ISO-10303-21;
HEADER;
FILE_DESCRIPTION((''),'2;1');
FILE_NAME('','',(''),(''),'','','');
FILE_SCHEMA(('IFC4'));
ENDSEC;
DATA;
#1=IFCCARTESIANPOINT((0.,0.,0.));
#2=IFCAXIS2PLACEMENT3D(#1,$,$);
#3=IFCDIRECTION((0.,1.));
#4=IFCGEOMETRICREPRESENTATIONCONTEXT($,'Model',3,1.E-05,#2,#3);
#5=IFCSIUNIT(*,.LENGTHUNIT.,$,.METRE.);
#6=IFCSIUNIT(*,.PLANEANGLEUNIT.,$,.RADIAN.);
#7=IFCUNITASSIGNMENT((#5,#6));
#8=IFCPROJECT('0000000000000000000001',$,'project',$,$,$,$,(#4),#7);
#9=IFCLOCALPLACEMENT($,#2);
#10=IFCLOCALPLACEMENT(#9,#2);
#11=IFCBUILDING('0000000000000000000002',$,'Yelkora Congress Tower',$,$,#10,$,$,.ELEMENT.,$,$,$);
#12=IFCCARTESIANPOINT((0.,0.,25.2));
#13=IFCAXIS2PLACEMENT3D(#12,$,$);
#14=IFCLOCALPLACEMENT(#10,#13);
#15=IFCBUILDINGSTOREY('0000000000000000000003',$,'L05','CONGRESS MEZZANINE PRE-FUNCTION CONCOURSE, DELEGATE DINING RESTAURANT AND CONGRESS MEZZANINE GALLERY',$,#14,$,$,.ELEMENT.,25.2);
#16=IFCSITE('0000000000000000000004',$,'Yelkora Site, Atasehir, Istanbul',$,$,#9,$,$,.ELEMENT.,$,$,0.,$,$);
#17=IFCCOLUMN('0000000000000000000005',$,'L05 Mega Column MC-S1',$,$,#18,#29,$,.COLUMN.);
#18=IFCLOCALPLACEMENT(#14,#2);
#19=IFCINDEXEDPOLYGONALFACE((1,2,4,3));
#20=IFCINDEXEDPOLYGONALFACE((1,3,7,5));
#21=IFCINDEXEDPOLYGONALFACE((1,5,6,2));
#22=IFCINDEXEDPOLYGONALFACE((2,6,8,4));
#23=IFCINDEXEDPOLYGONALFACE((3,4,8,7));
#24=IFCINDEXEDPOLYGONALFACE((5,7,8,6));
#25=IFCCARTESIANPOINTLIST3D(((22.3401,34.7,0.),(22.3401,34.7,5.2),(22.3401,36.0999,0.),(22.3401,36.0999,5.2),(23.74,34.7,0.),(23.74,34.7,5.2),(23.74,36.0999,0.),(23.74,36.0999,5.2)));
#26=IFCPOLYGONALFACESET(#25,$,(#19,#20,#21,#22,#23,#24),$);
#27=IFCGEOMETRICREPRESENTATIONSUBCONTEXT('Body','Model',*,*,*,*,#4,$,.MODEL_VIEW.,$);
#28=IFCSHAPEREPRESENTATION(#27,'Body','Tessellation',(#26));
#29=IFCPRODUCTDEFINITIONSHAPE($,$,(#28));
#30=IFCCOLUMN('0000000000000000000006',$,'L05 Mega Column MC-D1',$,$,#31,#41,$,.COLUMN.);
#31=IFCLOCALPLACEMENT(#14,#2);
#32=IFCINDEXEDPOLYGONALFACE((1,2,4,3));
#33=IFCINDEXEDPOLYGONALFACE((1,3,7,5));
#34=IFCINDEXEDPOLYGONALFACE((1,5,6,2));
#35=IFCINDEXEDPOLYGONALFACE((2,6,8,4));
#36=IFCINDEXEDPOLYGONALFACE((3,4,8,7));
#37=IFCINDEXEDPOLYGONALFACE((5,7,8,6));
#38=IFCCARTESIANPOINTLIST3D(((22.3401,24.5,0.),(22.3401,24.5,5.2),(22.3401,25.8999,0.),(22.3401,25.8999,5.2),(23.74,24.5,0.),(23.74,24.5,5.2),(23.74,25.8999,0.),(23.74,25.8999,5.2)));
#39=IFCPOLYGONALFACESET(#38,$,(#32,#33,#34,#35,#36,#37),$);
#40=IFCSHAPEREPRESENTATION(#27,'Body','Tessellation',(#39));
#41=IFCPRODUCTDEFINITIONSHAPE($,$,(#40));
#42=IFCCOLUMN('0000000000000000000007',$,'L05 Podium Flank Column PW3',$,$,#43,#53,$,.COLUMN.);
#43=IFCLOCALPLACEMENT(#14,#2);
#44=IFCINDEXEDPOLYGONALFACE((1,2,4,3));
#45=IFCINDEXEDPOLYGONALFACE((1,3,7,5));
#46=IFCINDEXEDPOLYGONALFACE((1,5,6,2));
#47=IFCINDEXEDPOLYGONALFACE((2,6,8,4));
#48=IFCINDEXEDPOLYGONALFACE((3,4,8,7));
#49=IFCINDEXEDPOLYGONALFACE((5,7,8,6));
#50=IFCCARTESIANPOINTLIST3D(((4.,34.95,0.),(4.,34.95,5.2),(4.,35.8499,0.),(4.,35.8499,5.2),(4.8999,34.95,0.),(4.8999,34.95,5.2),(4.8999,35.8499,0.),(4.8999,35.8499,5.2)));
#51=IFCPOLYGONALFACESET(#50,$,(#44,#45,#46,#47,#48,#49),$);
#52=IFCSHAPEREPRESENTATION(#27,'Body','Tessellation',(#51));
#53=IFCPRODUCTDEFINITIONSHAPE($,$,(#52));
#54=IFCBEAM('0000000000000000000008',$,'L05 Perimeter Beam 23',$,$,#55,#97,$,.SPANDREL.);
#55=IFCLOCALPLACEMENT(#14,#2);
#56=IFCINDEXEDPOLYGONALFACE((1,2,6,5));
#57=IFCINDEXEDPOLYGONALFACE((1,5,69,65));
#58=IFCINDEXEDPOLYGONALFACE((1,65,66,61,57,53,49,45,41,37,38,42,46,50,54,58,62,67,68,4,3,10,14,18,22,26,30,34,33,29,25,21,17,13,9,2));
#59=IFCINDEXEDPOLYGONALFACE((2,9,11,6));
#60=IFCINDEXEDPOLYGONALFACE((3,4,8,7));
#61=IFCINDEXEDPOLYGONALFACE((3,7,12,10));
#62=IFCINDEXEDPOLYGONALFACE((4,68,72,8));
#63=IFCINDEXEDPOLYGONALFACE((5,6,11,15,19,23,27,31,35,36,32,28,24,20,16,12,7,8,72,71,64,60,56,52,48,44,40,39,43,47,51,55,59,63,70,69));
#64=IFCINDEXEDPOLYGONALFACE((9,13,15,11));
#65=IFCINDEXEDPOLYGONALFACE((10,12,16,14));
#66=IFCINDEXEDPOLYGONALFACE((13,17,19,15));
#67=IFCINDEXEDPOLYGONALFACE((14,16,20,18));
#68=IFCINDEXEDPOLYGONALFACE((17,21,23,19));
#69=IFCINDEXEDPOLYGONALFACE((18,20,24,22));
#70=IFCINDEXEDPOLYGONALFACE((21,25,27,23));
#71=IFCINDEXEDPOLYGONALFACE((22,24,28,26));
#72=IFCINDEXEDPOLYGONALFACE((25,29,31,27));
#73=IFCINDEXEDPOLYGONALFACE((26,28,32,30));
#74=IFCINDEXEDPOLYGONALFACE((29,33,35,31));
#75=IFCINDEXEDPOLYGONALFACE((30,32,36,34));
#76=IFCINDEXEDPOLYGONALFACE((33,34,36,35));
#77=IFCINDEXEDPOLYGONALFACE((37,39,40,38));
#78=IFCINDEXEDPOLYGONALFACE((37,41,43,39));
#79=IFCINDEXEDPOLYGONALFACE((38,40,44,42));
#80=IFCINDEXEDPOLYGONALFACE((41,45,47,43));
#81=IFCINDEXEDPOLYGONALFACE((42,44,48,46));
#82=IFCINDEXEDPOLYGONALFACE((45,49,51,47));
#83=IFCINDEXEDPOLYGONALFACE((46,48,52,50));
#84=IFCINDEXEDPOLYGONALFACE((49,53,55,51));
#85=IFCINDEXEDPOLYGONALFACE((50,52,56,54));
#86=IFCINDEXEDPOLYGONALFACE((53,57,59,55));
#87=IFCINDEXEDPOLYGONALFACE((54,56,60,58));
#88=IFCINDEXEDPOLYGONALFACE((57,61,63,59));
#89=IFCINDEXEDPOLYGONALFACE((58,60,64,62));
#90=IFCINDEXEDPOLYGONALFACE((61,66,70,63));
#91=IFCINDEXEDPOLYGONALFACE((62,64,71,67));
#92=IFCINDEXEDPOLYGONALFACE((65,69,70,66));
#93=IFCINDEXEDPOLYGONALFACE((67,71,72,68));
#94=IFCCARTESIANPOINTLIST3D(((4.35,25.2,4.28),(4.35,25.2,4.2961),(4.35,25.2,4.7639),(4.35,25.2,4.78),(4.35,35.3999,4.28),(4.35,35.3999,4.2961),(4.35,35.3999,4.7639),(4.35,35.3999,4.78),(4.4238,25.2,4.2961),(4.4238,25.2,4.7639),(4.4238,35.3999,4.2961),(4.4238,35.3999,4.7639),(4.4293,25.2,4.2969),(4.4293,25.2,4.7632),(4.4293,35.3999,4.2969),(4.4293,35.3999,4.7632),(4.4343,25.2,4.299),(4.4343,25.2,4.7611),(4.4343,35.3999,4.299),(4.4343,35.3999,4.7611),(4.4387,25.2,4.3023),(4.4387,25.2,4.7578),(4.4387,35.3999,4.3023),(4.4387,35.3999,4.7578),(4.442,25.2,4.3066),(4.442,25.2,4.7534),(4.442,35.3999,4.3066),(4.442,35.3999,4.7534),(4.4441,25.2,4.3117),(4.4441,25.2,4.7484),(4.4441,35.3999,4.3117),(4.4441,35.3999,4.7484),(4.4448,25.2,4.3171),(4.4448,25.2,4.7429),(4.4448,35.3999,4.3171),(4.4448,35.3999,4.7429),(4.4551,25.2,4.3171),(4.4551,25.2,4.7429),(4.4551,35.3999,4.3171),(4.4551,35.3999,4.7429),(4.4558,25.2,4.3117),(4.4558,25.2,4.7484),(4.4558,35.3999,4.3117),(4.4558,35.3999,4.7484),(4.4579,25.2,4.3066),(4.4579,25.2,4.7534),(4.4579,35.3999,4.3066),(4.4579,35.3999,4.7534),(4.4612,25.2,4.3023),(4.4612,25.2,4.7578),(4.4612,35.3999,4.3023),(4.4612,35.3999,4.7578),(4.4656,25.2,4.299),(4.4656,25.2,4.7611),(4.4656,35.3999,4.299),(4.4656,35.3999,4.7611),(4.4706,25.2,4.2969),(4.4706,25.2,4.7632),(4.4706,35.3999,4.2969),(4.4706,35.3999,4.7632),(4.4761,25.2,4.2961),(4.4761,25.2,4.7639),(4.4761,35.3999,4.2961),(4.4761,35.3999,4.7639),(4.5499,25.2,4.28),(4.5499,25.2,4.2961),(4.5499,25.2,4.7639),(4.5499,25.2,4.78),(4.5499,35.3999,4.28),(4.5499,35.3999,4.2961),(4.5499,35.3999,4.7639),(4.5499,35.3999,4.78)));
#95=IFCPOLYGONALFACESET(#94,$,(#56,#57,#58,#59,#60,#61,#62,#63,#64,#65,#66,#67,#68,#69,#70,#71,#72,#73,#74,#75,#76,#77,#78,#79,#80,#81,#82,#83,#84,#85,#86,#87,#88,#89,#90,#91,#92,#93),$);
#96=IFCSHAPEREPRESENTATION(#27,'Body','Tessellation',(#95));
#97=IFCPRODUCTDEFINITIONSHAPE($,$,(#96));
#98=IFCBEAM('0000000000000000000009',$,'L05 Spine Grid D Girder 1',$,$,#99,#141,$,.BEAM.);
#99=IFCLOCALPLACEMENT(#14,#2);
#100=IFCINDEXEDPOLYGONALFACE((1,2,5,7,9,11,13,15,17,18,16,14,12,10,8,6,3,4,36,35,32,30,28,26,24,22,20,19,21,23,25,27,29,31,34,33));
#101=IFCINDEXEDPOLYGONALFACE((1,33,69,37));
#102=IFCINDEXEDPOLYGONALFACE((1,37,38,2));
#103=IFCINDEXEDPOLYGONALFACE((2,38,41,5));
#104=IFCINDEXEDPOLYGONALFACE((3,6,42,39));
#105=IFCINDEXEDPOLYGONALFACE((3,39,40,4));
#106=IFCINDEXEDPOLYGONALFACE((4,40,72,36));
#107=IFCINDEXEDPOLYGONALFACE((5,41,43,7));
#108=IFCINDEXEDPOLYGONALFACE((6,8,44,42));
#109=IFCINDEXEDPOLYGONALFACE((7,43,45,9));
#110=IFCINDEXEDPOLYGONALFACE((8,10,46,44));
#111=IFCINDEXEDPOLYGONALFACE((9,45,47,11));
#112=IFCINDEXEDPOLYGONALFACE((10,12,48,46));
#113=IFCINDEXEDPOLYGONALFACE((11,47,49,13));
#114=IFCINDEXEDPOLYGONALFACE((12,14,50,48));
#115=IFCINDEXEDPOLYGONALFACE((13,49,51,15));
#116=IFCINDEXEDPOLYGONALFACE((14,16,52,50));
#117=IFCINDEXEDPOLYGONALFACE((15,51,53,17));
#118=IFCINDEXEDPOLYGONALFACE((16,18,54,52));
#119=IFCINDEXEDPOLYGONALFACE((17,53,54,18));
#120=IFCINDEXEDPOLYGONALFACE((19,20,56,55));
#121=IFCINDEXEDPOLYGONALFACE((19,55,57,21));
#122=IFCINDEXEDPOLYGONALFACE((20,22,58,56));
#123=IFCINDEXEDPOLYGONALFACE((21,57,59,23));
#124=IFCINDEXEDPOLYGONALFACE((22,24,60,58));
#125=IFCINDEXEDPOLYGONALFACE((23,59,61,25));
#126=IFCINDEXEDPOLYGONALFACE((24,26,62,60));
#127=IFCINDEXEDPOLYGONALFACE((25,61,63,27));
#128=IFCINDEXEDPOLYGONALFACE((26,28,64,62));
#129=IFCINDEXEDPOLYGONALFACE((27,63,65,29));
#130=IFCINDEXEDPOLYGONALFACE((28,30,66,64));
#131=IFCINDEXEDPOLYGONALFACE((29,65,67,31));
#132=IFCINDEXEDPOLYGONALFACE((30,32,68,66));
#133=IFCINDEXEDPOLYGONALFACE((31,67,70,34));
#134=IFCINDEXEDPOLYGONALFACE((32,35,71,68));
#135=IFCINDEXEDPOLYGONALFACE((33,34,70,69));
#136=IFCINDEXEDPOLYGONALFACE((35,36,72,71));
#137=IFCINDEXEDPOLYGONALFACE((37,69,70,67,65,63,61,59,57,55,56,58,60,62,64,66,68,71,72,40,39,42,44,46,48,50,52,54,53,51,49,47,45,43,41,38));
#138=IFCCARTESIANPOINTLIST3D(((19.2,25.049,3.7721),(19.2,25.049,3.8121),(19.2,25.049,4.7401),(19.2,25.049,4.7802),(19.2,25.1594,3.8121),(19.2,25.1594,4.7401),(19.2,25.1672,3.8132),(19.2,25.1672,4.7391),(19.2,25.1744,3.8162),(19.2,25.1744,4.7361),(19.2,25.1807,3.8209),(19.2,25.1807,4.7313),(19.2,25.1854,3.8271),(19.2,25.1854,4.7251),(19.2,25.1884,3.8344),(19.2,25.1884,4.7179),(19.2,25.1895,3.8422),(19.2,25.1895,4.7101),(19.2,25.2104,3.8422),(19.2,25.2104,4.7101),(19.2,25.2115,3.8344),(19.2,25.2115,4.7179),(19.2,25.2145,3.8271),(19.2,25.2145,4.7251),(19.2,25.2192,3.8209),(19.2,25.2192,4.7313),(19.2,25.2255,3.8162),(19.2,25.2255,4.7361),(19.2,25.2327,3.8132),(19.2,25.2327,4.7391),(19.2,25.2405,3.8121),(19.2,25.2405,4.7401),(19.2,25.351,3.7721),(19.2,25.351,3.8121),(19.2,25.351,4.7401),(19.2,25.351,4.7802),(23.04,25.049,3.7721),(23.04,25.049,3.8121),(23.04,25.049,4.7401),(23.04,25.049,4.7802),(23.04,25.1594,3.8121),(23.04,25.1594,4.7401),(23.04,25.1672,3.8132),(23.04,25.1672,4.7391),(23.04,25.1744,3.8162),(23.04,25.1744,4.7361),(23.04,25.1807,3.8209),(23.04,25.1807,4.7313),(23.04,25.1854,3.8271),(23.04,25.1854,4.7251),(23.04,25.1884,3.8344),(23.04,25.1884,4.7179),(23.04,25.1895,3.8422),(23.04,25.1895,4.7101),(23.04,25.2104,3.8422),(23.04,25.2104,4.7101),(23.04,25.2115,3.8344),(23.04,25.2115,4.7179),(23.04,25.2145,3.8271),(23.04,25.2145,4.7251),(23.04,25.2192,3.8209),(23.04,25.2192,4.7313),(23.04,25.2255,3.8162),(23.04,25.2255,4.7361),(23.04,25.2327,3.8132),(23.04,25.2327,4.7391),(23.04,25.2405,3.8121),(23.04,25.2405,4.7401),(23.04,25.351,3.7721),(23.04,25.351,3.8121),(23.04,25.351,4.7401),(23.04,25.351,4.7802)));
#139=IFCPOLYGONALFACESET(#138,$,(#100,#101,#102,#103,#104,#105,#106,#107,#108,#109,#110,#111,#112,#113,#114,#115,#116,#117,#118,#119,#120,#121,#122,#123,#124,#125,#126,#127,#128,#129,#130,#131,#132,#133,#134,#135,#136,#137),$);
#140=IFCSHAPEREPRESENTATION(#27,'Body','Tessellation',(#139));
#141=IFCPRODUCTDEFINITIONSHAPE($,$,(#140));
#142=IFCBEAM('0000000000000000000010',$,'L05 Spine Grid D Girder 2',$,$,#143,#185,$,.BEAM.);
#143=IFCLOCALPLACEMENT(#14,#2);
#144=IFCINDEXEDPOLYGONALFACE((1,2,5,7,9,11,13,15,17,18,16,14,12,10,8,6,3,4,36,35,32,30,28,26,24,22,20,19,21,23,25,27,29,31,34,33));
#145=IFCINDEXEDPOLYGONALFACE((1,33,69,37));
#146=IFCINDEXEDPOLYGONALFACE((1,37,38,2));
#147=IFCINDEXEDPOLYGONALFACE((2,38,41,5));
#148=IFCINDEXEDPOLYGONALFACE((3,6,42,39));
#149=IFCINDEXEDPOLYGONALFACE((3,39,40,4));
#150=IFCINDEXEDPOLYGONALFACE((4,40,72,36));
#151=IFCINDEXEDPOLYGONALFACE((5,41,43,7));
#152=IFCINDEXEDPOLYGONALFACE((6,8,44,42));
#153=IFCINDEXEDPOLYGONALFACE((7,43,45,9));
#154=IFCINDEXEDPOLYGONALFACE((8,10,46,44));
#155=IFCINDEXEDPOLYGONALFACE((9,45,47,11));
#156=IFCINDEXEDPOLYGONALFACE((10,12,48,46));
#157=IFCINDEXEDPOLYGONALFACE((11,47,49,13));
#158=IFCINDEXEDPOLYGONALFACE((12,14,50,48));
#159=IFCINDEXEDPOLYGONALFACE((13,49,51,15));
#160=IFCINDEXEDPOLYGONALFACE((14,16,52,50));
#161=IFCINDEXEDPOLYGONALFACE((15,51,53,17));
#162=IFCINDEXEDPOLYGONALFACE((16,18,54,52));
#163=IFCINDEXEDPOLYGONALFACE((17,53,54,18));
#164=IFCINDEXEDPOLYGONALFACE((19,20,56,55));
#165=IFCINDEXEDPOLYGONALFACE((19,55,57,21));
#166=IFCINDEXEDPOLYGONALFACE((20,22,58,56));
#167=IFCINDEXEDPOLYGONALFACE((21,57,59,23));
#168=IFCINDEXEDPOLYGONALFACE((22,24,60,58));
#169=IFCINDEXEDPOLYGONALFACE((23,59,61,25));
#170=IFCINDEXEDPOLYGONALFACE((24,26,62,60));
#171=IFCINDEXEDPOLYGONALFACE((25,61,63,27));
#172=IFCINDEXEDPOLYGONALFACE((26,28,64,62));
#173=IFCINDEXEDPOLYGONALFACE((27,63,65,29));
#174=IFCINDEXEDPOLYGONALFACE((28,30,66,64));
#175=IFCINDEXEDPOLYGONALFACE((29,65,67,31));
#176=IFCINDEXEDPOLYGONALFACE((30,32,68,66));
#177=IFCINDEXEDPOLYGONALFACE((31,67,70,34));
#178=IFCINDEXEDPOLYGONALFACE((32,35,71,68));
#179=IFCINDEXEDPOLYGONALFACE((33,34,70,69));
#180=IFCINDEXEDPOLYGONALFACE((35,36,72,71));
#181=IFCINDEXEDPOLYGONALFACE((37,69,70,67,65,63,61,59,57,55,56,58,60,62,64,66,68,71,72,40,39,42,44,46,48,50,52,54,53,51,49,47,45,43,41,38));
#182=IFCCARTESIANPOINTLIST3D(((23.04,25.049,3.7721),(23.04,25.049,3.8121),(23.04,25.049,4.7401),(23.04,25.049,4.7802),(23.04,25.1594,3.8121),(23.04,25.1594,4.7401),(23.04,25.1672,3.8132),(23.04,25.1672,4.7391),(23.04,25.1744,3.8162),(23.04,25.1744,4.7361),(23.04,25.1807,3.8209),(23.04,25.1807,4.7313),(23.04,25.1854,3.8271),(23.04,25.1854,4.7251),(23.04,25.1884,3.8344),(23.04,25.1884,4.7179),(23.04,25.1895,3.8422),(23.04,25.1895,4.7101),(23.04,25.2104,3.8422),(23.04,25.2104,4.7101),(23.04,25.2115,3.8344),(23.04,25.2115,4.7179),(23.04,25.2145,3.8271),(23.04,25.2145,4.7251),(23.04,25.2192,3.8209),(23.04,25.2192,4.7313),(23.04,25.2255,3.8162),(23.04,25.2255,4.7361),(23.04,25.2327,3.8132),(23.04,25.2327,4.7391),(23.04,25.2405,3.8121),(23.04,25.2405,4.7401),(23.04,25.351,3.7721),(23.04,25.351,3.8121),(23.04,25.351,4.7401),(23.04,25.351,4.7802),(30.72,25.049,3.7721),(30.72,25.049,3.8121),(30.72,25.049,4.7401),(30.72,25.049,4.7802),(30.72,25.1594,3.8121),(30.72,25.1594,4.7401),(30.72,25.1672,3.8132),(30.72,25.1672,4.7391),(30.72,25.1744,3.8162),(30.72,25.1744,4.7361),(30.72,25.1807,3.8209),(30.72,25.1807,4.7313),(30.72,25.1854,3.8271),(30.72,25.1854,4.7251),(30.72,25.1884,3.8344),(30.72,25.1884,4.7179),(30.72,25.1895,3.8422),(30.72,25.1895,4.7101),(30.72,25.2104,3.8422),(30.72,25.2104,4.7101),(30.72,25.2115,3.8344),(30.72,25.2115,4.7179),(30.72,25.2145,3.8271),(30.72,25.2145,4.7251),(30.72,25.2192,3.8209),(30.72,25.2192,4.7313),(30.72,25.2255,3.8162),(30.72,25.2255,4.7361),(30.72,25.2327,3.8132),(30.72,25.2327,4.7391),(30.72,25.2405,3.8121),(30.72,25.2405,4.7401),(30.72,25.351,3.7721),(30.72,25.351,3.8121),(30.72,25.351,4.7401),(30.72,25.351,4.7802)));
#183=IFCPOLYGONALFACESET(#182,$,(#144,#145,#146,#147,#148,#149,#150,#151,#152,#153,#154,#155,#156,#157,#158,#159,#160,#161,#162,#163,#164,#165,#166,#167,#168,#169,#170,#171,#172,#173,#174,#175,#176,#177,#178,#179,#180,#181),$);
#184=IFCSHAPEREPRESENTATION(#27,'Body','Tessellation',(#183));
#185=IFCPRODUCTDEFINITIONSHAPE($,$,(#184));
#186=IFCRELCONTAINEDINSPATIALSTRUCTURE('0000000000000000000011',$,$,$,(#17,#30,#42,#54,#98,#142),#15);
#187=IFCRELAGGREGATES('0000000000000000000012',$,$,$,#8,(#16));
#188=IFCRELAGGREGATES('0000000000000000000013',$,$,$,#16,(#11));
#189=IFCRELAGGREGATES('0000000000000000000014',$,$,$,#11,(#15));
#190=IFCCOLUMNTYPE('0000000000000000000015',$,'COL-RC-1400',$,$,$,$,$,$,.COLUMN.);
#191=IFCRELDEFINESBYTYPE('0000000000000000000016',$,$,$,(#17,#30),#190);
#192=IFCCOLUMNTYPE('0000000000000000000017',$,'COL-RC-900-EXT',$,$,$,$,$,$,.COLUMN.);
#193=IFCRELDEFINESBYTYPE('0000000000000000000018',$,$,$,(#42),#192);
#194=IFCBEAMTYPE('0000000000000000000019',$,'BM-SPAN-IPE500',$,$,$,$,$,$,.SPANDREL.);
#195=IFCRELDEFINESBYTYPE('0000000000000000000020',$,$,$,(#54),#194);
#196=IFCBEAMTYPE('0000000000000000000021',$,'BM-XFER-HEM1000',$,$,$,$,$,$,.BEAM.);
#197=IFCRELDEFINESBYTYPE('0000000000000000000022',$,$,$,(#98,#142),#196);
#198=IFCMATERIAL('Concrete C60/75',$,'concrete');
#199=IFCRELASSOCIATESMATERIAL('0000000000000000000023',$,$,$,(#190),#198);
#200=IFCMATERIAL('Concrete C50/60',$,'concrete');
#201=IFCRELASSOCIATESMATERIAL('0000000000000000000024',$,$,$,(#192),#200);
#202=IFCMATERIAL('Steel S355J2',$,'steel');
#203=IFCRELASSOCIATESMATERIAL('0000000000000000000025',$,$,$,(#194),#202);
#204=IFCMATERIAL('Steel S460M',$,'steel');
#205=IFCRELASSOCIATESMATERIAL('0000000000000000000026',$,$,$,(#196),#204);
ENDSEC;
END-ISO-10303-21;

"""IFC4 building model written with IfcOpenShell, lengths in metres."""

from ifc_helpers import new_model, si_unit, direction, frame, origin, origin_2d, place, context, subcontext, project, spatial, rectangle, i_section, extrude, material, material_profile, profile_set, type_object, element, save


model = new_model("IFC4")

# Units and contexts
model_context = context("Model", 3, precision=1e-05, world=origin(), true_north=direction((0.0, 1.0)))
body_context = subcontext(model_context, "Body", "Model", "MODEL_VIEW")
ifc_project = project(units=[si_unit("LENGTHUNIT", "METRE"), si_unit("PLANEANGLEUNIT", "RADIAN")], contexts=[model_context])

# Site, building, storey
site_placement = place(None, origin())
site = spatial("IfcSite", under=ifc_project, at=site_placement, Name="Yelkora Site, Atasehir, Istanbul", CompositionType="ELEMENT", RefElevation=0.0)
building_placement = place(site_placement, origin())
building = spatial("IfcBuilding", under=site, at=building_placement, Name="Yelkora Congress Tower", CompositionType="ELEMENT")
storey_placement = place(building_placement, frame((0.0, 0.0, 25.2)))
storey = spatial("IfcBuildingStorey", under=building, at=storey_placement, Name="L05", Description="CONGRESS MEZZANINE PRE-FUNCTION CONCOURSE, DELEGATE DINING RESTAURANT AND CONGRESS MEZZANINE GALLERY", CompositionType="ELEMENT", Elevation=25.2)

# Columns
ifc_material_1 = material(Name="Concrete C60/75", Category="concrete")
ifc_material_profile_1 = material_profile(ifc_material_1, rectangle(XDim=1.3999, YDim=1.3999, at=origin_2d()), Name="RC 1400x1400")
ifc_profile_set_1 = profile_set([ifc_material_profile_1], Name="Concrete C60/75")
column_type_1 = type_object("IfcColumnType", Name="COL-RC-1400", PredefinedType="COLUMN", material=ifc_profile_set_1)
for number, where, z_axis, x_axis, name in (
    (1, (23.04, 35.3999, 0.0), (0.0, 0.0, 1.0), (1.0, 0.0, 0.0), "L05 Mega Column MC-S1"),
    (2, (23.04, 25.2, 0.0), (0.0, 0.0, 1.0), (1.0, 0.0, 0.0), "L05 Mega Column MC-D1"),
):
    element("IfcColumn", number, at=place(storey_placement, frame(where, z_axis=z_axis, x_axis=x_axis)), inside=storey, type_object=column_type_1, Name=name, PredefinedType="COLUMN", context=body_context, shape_type="SweptSolid", body=[
        extrude(rectangle(XDim=1.3999, YDim=1.3999, at=origin_2d()), origin(), (0.0, 0.0, 1.0), 5.2),
    ])
ifc_material_2 = material(Name="Concrete C50/60", Category="concrete")
ifc_material_profile_2 = material_profile(ifc_material_2, rectangle(XDim=0.8999, YDim=0.8999, at=origin_2d()), Name="RC 900x900")
ifc_profile_set_2 = profile_set([ifc_material_profile_2], Name="Concrete C50/60")
column_type_2 = type_object("IfcColumnType", Name="COL-RC-900-EXT", PredefinedType="COLUMN", material=ifc_profile_set_2)
column_placement = place(storey_placement, frame((4.45, 35.3999, 0.0), z_axis=(0.0, 0.0, 1.0), x_axis=(1.0, 0.0, 0.0)))
element("IfcColumn", 3, at=column_placement, inside=storey, type_object=column_type_2, Name="L05 Podium Flank Column PW3", PredefinedType="COLUMN", context=body_context, shape_type="SweptSolid", body=[
    extrude(rectangle(XDim=0.8999, YDim=0.8999, at=origin_2d()), origin(), (0.0, 0.0, 1.0), 5.2),
])

# Beams
ifc_material_3 = material(Name="Steel S355J2", Category="steel")
ifc_material_profile_3 = material_profile(ifc_material_3, i_section(OverallWidth=0.2, OverallDepth=0.5, WebThickness=0.0103, FlangeThickness=0.0161, FilletRadius=0.021, at=origin_2d()), Name="IPE 500")
ifc_profile_set_3 = profile_set([ifc_material_profile_3], Name="Steel S355J2")
beam_type_1 = type_object("IfcBeamType", Name="BM-SPAN-IPE500", PredefinedType="SPANDREL", material=ifc_profile_set_3)
beam_1_placement = place(storey_placement, frame((4.45, 35.3999, 4.53), z_axis=(0.0, -1.0, 0.0), x_axis=(1.0, 0.0, 0.0)))
element("IfcBeam", 4, at=beam_1_placement, inside=storey, type_object=beam_type_1, Name="L05 Perimeter Beam 23", PredefinedType="SPANDREL", context=body_context, shape_type="SweptSolid", body=[
    extrude(i_section(OverallWidth=0.2, OverallDepth=0.5, WebThickness=0.0103, FlangeThickness=0.0161, FilletRadius=0.021, at=origin_2d()), origin(), (0.0, 0.0, 1.0), 10.2),
])
ifc_material_4 = material(Name="Steel S460M", Category="steel")
ifc_material_profile_4 = material_profile(ifc_material_4, i_section(OverallWidth=0.302, OverallDepth=1.0081, WebThickness=0.021, FlangeThickness=0.04, FilletRadius=0.03, at=origin_2d()), Name="HEM 1000")
ifc_profile_set_4 = profile_set([ifc_material_profile_4], Name="Steel S460M")
beam_type_2 = type_object("IfcBeamType", Name="BM-XFER-HEM1000", PredefinedType="BEAM", material=ifc_profile_set_4)
beam_2_placement = place(storey_placement, frame((19.2, 25.2, 4.2761), z_axis=(1.0, 0.0, 0.0), x_axis=(0.0, 1.0, 0.0)))
element("IfcBeam", 5, at=beam_2_placement, inside=storey, type_object=beam_type_2, Name="L05 Spine Grid D Girder 1", PredefinedType="BEAM", context=body_context, shape_type="SweptSolid", body=[
    extrude(i_section(OverallWidth=0.302, OverallDepth=1.0081, WebThickness=0.021, FlangeThickness=0.04, FilletRadius=0.03, at=origin_2d()), origin(), (0.0, 0.0, 1.0), 3.8401),
])
for number, where, z_axis, x_axis, name in (
    (6, (23.04, 25.2, 4.2761), (1.0, 0.0, 0.0), (0.0, 1.0, 0.0), "L05 Spine Grid D Girder 2"),
):
    element("IfcBeam", number, at=place(storey_placement, frame(where, z_axis=z_axis, x_axis=x_axis)), inside=storey, type_object=beam_type_2, Name=name, PredefinedType="BEAM", context=body_context, shape_type="SweptSolid", body=[
        extrude(i_section(OverallWidth=0.302, OverallDepth=1.0081, WebThickness=0.021, FlangeThickness=0.04, FilletRadius=0.03, at=origin_2d()), origin(), (0.0, 0.0, 1.0), 7.6799),
    ])

save(model, "model.ifc")
